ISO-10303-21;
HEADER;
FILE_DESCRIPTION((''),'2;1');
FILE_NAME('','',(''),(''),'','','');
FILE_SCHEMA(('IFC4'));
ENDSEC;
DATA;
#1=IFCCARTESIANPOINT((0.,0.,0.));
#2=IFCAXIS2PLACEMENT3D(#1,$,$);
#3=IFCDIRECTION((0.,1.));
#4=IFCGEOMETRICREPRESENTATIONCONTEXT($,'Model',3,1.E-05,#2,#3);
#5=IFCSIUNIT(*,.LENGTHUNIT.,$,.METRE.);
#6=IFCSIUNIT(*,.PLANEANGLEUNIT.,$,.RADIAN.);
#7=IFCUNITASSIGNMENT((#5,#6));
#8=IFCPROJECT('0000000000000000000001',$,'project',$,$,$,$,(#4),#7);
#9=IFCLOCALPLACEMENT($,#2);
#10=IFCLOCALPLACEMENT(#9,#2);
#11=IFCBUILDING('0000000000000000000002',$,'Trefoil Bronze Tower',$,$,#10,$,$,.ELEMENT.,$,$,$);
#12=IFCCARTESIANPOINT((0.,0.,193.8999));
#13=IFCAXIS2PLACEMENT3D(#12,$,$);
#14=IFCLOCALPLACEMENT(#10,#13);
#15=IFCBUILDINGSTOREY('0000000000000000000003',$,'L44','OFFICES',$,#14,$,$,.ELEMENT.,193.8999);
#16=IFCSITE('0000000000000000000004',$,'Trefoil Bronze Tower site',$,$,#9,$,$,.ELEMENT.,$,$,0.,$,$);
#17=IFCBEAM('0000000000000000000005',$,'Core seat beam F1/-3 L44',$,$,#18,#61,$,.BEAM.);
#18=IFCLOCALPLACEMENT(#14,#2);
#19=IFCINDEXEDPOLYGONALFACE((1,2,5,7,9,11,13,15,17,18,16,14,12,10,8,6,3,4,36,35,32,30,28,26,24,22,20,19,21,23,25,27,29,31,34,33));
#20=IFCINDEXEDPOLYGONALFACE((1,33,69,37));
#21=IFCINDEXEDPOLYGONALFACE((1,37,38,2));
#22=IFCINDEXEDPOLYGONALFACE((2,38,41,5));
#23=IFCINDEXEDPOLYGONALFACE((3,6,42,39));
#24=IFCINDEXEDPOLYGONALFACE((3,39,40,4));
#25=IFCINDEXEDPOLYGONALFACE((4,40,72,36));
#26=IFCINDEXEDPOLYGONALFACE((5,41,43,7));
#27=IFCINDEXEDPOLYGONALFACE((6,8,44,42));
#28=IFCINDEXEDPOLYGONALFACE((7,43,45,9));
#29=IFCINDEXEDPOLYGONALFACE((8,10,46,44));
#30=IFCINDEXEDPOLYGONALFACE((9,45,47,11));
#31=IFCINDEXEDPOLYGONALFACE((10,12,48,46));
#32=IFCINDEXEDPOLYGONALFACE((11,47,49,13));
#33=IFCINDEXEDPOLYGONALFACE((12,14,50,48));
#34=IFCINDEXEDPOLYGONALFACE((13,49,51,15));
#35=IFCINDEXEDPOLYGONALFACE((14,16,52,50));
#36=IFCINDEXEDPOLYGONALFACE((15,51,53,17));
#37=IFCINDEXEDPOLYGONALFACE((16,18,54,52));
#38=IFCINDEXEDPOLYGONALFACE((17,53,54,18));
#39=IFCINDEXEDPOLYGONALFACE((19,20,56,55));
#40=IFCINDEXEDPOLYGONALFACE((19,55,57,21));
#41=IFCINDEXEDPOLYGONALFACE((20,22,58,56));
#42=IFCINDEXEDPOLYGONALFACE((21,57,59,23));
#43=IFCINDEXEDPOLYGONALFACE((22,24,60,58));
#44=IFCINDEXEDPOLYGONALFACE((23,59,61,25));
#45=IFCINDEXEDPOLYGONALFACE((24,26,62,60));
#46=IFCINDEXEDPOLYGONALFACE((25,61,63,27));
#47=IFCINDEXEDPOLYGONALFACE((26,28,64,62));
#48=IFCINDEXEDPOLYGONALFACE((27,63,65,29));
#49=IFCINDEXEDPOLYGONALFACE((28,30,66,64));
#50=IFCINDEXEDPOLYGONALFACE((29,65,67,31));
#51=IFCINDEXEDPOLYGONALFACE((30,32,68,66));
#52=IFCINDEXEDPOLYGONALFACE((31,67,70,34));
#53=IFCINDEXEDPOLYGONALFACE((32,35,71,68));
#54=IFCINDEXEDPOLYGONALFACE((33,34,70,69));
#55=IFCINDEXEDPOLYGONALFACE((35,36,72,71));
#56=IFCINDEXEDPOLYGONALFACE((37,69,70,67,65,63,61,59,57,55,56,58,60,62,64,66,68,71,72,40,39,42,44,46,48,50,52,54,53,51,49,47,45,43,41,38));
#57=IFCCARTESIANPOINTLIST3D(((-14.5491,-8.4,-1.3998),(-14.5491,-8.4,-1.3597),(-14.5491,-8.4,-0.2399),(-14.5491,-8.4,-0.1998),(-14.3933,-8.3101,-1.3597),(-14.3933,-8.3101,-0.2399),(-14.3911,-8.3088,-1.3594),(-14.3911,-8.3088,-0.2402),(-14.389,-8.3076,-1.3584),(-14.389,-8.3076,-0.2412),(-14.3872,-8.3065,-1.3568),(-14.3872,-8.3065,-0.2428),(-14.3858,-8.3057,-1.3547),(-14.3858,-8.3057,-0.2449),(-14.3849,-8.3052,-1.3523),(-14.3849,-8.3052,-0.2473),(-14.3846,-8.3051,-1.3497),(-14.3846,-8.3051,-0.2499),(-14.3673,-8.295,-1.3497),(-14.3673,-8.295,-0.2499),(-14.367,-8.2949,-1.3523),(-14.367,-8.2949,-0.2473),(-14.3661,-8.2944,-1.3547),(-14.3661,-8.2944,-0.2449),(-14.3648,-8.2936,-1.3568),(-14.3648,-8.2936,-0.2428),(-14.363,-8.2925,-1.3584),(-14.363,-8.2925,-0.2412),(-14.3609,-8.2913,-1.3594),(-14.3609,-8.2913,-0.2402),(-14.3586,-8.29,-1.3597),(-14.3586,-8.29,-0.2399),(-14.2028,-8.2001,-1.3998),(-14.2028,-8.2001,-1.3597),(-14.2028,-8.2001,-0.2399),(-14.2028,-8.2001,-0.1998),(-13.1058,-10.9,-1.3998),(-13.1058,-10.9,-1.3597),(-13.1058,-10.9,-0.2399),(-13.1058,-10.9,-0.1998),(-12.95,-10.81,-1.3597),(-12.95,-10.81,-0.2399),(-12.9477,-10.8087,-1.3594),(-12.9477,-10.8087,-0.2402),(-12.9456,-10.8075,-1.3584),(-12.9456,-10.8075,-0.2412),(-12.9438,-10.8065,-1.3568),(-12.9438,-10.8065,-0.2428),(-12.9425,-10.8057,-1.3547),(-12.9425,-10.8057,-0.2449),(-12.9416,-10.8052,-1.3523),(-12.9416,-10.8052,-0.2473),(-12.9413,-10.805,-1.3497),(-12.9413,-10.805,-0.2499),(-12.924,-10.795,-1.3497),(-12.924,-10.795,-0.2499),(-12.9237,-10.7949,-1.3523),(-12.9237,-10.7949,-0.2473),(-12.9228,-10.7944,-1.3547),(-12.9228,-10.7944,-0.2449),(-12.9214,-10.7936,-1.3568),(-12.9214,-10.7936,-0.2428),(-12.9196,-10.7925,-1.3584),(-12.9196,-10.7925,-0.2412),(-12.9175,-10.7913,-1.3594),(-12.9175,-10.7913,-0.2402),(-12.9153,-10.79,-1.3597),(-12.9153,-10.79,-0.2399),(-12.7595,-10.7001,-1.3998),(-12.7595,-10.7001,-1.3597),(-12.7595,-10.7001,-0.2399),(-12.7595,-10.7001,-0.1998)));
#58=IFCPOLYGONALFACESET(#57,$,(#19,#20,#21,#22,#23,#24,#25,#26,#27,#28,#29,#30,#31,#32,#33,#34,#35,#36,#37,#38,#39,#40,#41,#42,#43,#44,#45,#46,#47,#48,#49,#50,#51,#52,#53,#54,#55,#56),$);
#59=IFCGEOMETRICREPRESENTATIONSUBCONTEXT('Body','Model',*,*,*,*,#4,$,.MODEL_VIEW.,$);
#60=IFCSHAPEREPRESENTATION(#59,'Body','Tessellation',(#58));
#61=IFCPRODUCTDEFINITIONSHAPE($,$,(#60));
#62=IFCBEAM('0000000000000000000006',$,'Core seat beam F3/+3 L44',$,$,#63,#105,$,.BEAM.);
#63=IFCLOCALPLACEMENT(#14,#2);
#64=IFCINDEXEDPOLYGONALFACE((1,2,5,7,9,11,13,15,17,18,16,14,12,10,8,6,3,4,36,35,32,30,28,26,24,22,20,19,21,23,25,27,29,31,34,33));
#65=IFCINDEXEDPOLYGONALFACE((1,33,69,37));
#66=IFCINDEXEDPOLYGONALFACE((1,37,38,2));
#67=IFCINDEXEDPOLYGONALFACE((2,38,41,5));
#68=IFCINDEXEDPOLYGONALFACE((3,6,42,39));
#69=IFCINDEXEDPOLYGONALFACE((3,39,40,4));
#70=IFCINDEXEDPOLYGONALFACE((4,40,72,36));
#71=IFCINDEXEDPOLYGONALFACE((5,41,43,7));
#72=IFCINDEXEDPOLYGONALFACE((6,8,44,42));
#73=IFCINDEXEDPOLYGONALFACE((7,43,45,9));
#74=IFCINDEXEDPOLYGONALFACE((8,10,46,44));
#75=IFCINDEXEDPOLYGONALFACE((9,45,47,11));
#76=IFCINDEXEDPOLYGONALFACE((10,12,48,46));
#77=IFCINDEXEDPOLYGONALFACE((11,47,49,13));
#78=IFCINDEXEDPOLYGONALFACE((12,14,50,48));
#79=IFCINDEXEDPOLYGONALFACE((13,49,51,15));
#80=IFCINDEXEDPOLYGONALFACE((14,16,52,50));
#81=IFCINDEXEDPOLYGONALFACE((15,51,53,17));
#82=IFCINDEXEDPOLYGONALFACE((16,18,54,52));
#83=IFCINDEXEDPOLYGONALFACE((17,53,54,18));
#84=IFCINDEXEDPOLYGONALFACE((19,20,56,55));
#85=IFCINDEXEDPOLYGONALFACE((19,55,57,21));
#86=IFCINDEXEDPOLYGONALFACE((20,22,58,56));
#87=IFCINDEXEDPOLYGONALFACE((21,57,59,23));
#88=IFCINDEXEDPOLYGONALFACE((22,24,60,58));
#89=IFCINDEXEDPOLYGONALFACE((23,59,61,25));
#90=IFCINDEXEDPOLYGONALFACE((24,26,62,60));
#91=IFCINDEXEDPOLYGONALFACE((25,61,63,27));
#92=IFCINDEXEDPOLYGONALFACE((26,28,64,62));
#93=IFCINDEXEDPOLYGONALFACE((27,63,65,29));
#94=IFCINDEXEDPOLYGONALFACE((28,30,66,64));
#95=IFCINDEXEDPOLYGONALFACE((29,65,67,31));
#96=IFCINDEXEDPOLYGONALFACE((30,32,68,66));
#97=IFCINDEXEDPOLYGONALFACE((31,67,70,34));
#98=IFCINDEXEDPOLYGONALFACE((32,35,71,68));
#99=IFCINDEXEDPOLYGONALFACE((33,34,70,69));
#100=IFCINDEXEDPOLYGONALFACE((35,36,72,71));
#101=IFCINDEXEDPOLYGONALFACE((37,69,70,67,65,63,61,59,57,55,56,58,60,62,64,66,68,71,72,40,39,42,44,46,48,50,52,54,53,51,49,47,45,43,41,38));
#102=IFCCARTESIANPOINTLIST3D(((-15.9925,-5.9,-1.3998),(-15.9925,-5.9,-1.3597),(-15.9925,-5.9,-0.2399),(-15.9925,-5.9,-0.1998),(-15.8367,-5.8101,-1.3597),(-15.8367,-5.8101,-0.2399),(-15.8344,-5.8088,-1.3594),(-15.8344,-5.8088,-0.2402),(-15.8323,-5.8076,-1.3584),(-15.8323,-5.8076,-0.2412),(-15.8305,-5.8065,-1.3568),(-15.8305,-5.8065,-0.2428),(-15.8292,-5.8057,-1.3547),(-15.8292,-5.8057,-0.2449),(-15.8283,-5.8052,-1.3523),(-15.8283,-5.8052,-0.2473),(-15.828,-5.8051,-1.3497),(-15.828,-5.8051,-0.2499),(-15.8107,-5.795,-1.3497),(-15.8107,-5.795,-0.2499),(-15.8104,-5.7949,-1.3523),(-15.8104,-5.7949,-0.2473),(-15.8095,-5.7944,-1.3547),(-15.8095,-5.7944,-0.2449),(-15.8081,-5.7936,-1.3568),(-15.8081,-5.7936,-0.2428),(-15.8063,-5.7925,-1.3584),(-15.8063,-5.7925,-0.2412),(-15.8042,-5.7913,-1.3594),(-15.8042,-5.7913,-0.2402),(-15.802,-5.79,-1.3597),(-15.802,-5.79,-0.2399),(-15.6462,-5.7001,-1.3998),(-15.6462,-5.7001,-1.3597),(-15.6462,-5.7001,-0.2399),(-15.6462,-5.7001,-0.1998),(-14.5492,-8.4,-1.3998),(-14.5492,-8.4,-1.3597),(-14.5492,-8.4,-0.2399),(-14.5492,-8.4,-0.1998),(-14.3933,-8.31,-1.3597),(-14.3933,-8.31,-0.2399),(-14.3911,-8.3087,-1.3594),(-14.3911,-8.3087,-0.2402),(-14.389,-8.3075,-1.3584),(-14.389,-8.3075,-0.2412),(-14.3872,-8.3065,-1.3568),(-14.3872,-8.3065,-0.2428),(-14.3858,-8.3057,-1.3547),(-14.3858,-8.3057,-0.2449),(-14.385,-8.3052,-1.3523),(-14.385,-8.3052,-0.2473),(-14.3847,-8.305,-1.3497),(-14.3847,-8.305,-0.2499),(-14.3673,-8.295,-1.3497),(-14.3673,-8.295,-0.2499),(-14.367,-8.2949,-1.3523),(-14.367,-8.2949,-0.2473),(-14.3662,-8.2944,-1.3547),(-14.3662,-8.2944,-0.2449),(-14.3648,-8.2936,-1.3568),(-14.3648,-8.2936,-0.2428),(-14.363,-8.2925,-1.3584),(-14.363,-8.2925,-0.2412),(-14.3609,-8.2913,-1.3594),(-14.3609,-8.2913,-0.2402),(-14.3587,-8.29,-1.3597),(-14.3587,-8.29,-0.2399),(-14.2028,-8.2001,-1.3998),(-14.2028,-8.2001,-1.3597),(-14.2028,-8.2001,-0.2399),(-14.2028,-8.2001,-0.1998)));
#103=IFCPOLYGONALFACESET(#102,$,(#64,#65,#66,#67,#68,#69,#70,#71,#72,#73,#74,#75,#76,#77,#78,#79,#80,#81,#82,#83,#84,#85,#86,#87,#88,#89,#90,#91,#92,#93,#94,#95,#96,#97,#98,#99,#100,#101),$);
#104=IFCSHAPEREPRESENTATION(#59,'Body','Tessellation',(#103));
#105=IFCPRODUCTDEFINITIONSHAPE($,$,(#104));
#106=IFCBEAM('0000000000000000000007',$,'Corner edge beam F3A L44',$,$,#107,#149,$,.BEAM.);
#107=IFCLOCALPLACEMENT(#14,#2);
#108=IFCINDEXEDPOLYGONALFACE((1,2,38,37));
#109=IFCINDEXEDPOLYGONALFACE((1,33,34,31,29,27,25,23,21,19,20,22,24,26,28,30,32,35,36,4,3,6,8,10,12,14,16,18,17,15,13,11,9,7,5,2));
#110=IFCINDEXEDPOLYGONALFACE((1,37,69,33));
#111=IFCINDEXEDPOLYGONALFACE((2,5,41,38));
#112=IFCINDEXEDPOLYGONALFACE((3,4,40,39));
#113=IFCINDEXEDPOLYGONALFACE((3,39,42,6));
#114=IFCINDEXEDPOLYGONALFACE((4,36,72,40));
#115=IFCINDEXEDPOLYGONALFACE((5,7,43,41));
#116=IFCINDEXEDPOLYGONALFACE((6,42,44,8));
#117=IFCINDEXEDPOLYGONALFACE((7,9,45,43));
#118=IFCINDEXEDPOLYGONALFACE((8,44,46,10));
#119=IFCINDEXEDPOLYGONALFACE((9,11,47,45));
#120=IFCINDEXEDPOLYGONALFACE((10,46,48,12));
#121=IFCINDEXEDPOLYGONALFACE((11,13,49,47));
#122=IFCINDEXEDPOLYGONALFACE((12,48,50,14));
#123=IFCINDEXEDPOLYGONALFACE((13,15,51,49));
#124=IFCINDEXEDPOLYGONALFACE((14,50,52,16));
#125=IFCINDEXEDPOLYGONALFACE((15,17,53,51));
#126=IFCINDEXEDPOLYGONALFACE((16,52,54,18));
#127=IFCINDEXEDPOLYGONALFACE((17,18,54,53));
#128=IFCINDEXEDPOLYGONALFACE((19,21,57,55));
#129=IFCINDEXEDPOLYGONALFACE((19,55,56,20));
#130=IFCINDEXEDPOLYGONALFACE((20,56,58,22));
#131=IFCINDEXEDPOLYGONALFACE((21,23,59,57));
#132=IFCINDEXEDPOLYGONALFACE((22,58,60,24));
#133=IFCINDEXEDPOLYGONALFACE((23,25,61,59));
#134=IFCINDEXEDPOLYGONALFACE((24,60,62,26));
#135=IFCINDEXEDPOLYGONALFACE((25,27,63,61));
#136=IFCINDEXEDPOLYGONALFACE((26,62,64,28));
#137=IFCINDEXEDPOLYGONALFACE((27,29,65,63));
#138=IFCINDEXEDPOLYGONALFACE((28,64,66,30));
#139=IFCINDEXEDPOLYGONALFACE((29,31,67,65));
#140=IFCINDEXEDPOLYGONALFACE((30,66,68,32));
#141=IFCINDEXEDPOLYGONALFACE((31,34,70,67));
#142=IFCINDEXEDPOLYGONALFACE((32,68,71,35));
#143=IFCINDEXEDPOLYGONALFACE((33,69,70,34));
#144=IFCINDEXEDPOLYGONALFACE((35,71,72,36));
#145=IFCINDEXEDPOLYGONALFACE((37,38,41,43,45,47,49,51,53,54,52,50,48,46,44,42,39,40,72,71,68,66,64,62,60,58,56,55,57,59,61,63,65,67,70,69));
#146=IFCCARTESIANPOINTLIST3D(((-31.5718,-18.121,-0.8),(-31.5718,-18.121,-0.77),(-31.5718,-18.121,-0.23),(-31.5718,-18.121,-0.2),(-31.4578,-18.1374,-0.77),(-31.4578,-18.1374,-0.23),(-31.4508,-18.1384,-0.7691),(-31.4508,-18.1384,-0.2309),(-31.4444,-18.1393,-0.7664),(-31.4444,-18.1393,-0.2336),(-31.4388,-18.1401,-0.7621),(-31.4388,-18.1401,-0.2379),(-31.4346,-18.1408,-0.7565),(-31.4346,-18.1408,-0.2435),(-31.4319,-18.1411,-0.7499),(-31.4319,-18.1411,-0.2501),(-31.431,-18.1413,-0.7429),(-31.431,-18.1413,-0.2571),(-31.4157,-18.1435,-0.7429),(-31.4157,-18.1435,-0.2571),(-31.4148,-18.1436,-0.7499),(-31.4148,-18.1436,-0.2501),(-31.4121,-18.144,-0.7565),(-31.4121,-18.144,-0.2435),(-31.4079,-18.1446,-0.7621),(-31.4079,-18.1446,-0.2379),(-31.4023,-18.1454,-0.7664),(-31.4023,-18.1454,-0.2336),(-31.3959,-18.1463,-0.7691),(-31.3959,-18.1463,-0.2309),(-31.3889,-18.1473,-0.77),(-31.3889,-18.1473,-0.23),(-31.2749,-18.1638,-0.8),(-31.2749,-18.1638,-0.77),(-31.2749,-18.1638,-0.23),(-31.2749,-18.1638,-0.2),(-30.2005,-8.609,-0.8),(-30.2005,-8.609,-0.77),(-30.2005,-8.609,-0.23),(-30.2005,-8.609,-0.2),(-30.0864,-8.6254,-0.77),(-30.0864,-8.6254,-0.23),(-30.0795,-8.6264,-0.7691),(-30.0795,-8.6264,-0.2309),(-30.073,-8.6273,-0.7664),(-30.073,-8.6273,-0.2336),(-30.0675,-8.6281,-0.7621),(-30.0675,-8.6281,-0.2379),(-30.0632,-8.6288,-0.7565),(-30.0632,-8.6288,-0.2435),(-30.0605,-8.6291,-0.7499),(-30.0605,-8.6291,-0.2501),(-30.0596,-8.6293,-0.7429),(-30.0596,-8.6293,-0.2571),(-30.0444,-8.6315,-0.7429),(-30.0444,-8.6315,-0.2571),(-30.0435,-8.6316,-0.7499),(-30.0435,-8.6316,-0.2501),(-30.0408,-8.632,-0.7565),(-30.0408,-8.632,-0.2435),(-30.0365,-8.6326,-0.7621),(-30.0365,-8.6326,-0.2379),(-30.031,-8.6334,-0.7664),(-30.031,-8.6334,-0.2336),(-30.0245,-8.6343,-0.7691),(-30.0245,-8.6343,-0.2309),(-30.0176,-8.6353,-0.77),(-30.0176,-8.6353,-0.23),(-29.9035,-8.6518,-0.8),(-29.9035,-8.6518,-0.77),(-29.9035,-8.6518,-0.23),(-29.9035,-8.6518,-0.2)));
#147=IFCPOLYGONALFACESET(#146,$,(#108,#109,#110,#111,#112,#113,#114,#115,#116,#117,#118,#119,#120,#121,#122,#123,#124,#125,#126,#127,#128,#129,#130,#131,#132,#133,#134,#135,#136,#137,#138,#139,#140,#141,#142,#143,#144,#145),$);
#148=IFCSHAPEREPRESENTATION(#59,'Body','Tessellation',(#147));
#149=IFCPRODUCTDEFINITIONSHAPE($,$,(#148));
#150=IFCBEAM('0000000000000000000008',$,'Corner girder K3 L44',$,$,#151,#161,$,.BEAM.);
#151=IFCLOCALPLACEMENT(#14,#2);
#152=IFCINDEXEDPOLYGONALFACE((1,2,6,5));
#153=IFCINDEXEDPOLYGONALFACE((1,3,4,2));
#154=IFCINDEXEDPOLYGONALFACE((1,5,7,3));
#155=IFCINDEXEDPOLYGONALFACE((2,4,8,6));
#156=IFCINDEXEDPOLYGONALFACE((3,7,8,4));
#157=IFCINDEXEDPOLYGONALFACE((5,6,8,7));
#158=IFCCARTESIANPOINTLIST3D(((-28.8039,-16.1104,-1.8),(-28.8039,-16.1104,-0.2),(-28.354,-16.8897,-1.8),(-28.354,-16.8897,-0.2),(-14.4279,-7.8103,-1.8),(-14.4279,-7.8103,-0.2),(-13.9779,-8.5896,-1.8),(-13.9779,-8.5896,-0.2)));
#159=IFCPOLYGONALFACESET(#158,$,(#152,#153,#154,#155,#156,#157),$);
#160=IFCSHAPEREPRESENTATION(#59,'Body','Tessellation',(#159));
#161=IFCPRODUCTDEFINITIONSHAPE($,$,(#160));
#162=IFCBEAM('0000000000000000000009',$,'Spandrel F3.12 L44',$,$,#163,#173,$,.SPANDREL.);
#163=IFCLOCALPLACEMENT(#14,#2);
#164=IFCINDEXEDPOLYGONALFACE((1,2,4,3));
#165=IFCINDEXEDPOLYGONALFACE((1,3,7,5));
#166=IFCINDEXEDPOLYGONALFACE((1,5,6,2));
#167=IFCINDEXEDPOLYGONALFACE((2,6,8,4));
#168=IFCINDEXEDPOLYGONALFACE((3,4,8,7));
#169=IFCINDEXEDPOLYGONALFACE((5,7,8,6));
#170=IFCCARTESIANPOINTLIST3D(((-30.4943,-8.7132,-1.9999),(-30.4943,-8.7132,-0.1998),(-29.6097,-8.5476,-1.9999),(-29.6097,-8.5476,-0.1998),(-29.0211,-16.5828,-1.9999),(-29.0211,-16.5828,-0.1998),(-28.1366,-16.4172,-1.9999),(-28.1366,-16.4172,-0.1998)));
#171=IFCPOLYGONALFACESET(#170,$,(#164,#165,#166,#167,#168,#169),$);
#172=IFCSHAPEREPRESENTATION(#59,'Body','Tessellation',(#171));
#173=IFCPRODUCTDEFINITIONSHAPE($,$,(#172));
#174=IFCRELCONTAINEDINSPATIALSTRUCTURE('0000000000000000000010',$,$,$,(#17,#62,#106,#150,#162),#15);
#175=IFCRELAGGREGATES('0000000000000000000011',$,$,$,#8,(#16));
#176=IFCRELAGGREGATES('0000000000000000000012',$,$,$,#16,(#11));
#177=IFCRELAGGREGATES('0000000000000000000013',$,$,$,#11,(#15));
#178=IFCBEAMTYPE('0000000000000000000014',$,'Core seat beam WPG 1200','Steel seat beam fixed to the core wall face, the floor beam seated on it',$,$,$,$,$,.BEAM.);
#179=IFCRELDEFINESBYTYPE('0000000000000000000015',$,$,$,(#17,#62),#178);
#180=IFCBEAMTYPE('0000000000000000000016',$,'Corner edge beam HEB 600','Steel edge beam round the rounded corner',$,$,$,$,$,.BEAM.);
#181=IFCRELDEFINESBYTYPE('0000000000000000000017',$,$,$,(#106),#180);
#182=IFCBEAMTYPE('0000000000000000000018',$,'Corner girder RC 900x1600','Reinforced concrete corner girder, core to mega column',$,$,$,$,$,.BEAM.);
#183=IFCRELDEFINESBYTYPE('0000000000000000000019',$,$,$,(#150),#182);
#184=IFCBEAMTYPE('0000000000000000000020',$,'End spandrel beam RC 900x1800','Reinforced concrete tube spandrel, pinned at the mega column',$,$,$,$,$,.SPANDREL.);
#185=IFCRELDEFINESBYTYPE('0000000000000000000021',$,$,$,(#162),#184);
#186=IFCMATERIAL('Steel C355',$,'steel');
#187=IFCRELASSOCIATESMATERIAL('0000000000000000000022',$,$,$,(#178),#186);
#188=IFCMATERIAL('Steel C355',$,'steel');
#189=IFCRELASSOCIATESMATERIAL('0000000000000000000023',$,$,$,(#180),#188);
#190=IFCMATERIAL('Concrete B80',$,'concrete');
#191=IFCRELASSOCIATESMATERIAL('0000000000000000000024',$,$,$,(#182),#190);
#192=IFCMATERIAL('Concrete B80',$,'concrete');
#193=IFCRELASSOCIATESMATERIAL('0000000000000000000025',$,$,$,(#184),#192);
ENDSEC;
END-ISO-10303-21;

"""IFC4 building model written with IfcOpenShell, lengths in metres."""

from ifc_helpers import new_model, si_unit, direction, frame, origin, origin_2d, place, context, subcontext, project, spatial, rectangle, i_section, extrude, material, material_profile, profile_set, type_object, element, save


model = new_model("IFC4")

# Units and contexts
model_context = context("Model", 3, precision=1e-05, world=origin(), true_north=direction((0.0, 1.0)))
body_context = subcontext(model_context, "Body", "Model", "MODEL_VIEW")
ifc_project = project(units=[si_unit("LENGTHUNIT", "METRE"), si_unit("PLANEANGLEUNIT", "RADIAN")], contexts=[model_context])

# Site, building, storey
site_placement = place(None, origin())
site = spatial("IfcSite", under=ifc_project, at=site_placement, Name="Trefoil Bronze Tower site", CompositionType="ELEMENT", RefElevation=0.0)
building_placement = place(site_placement, origin())
building = spatial("IfcBuilding", under=site, at=building_placement, Name="Trefoil Bronze Tower", CompositionType="ELEMENT")
storey_placement = place(building_placement, frame((0.0, 0.0, 193.8999)))
storey = spatial("IfcBuildingStorey", under=building, at=storey_placement, Name="L44", Description="OFFICES", CompositionType="ELEMENT", Elevation=193.8999)

# Beams
ifc_material_1 = material(Name="Steel C355", Category="steel")
ifc_material_profile_1 = material_profile(ifc_material_1, i_section(OverallWidth=0.3999, OverallDepth=1.2, WebThickness=0.02, FlangeThickness=0.04, FilletRadius=0.01, at=origin_2d()), Name="WPG 1200")
ifc_profile_set_1 = profile_set([ifc_material_profile_1], Name="Steel C355")
beam_type_1 = type_object("IfcBeamType", Name="Core seat beam WPG 1200", Description="Steel seat beam fixed to the core wall face, the floor beam seated on it", PredefinedType="BEAM", material=ifc_profile_set_1)
for number, where, z_axis, x_axis, name in (
    (1, (-14.376, -8.3, -0.7998), (0.499996, -0.866028, 0.0), (0.866028, 0.499996, 0.0), "Core seat beam F1/-3 L44"),
    (2, (-15.8193, -5.8, -0.7998), (0.499996, -0.866028, 0.0), (0.866028, 0.499996, 0.0), "Core seat beam F3/+3 L44"),
):
    element("IfcBeam", number, at=place(storey_placement, frame(where, z_axis=z_axis, x_axis=x_axis)), inside=storey, type_object=beam_type_1, Name=name, PredefinedType="BEAM", context=body_context, shape_type="SweptSolid", body=[
        extrude(i_section(OverallWidth=0.3999, OverallDepth=1.2, WebThickness=0.02, FlangeThickness=0.04, FilletRadius=0.01, at=origin_2d()), origin(), (0.0, 0.0, 1.0), 2.8867),
    ])
ifc_material_2 = material(Name="Steel C355", Category="steel")
ifc_material_profile_2 = material_profile(ifc_material_2, i_section(OverallWidth=0.3, OverallDepth=0.6001, WebThickness=0.0154, FlangeThickness=0.03, FilletRadius=0.0271, at=origin_2d()), Name="HEB 600")
ifc_profile_set_2 = profile_set([ifc_material_profile_2], Name="Steel C355")
beam_type_2 = type_object("IfcBeamType", Name="Corner edge beam HEB 600", Description="Steel edge beam round the rounded corner", PredefinedType="BEAM", material=ifc_profile_set_2)
beam_1_placement = place(storey_placement, frame((-30.052, -8.6304, -0.5), z_axis=(-0.142694, -0.989767, 0.0), x_axis=(0.989767, -0.142694, 0.0)))
element("IfcBeam", 3, at=beam_1_placement, inside=storey, type_object=beam_type_2, Name="Corner edge beam F3A L44", PredefinedType="BEAM", context=body_context, shape_type="SweptSolid", body=[
    extrude(i_section(OverallWidth=0.3, OverallDepth=0.6001, WebThickness=0.0154, FlangeThickness=0.03, FilletRadius=0.0271, at=origin_2d()), origin(), (0.0, 0.0, 1.0), 9.6104),
])
ifc_material_3 = material(Name="Concrete B80", Category="concrete")
ifc_material_profile_3 = material_profile(ifc_material_3, rectangle(XDim=0.8999, YDim=1.6001, at=origin_2d()), Name="RC 900x1600")
ifc_profile_set_3 = profile_set([ifc_material_profile_3], Name="Concrete B80")
beam_type_3 = type_object("IfcBeamType", Name="Corner girder RC 900x1600", Description="Reinforced concrete corner girder, core to mega column", PredefinedType="BEAM", material=ifc_profile_set_3)
beam_2_placement = place(storey_placement, frame((-14.2029, -8.2, -1.0), z_axis=(-0.866023, -0.500003, 0.0), x_axis=(0.500003, -0.866023, 0.0)))
element("IfcBeam", 4, at=beam_2_placement, inside=storey, type_object=beam_type_3, Name="Corner girder K3 L44", PredefinedType="BEAM", context=body_context, shape_type="SweptSolid", body=[
    extrude(rectangle(XDim=0.8999, YDim=1.6001, at=origin_2d()), origin(), (0.0, 0.0, 1.0), 16.6001),
])
ifc_material_4 = material(Name="Concrete B80", Category="concrete")
ifc_material_profile_4 = material_profile(ifc_material_4, rectangle(XDim=0.8999, YDim=1.8, at=origin_2d()), Name="RC 900x1800")
ifc_profile_set_4 = profile_set([ifc_material_profile_4], Name="Concrete B80")
beam_type_4 = type_object("IfcBeamType", Name="End spandrel beam RC 900x1800", Description="Reinforced concrete tube spandrel, pinned at the mega column", PredefinedType="SPANDREL", material=ifc_profile_set_4)
beam_3_placement = place(storey_placement, frame((-30.052, -8.6304, -1.0999), z_axis=(0.183998, -0.982927, 0.0), x_axis=(0.982927, 0.183998, 0.0)))
element("IfcBeam", 5, at=beam_3_placement, inside=storey, type_object=beam_type_4, Name="Spandrel F3.12 L44", PredefinedType="SPANDREL", context=body_context, shape_type="SweptSolid", body=[
    extrude(rectangle(XDim=0.8999, YDim=1.8, at=origin_2d()), origin(), (0.0, 0.0, 1.0), 8.0063),
])

save(model, "model.ifc")
